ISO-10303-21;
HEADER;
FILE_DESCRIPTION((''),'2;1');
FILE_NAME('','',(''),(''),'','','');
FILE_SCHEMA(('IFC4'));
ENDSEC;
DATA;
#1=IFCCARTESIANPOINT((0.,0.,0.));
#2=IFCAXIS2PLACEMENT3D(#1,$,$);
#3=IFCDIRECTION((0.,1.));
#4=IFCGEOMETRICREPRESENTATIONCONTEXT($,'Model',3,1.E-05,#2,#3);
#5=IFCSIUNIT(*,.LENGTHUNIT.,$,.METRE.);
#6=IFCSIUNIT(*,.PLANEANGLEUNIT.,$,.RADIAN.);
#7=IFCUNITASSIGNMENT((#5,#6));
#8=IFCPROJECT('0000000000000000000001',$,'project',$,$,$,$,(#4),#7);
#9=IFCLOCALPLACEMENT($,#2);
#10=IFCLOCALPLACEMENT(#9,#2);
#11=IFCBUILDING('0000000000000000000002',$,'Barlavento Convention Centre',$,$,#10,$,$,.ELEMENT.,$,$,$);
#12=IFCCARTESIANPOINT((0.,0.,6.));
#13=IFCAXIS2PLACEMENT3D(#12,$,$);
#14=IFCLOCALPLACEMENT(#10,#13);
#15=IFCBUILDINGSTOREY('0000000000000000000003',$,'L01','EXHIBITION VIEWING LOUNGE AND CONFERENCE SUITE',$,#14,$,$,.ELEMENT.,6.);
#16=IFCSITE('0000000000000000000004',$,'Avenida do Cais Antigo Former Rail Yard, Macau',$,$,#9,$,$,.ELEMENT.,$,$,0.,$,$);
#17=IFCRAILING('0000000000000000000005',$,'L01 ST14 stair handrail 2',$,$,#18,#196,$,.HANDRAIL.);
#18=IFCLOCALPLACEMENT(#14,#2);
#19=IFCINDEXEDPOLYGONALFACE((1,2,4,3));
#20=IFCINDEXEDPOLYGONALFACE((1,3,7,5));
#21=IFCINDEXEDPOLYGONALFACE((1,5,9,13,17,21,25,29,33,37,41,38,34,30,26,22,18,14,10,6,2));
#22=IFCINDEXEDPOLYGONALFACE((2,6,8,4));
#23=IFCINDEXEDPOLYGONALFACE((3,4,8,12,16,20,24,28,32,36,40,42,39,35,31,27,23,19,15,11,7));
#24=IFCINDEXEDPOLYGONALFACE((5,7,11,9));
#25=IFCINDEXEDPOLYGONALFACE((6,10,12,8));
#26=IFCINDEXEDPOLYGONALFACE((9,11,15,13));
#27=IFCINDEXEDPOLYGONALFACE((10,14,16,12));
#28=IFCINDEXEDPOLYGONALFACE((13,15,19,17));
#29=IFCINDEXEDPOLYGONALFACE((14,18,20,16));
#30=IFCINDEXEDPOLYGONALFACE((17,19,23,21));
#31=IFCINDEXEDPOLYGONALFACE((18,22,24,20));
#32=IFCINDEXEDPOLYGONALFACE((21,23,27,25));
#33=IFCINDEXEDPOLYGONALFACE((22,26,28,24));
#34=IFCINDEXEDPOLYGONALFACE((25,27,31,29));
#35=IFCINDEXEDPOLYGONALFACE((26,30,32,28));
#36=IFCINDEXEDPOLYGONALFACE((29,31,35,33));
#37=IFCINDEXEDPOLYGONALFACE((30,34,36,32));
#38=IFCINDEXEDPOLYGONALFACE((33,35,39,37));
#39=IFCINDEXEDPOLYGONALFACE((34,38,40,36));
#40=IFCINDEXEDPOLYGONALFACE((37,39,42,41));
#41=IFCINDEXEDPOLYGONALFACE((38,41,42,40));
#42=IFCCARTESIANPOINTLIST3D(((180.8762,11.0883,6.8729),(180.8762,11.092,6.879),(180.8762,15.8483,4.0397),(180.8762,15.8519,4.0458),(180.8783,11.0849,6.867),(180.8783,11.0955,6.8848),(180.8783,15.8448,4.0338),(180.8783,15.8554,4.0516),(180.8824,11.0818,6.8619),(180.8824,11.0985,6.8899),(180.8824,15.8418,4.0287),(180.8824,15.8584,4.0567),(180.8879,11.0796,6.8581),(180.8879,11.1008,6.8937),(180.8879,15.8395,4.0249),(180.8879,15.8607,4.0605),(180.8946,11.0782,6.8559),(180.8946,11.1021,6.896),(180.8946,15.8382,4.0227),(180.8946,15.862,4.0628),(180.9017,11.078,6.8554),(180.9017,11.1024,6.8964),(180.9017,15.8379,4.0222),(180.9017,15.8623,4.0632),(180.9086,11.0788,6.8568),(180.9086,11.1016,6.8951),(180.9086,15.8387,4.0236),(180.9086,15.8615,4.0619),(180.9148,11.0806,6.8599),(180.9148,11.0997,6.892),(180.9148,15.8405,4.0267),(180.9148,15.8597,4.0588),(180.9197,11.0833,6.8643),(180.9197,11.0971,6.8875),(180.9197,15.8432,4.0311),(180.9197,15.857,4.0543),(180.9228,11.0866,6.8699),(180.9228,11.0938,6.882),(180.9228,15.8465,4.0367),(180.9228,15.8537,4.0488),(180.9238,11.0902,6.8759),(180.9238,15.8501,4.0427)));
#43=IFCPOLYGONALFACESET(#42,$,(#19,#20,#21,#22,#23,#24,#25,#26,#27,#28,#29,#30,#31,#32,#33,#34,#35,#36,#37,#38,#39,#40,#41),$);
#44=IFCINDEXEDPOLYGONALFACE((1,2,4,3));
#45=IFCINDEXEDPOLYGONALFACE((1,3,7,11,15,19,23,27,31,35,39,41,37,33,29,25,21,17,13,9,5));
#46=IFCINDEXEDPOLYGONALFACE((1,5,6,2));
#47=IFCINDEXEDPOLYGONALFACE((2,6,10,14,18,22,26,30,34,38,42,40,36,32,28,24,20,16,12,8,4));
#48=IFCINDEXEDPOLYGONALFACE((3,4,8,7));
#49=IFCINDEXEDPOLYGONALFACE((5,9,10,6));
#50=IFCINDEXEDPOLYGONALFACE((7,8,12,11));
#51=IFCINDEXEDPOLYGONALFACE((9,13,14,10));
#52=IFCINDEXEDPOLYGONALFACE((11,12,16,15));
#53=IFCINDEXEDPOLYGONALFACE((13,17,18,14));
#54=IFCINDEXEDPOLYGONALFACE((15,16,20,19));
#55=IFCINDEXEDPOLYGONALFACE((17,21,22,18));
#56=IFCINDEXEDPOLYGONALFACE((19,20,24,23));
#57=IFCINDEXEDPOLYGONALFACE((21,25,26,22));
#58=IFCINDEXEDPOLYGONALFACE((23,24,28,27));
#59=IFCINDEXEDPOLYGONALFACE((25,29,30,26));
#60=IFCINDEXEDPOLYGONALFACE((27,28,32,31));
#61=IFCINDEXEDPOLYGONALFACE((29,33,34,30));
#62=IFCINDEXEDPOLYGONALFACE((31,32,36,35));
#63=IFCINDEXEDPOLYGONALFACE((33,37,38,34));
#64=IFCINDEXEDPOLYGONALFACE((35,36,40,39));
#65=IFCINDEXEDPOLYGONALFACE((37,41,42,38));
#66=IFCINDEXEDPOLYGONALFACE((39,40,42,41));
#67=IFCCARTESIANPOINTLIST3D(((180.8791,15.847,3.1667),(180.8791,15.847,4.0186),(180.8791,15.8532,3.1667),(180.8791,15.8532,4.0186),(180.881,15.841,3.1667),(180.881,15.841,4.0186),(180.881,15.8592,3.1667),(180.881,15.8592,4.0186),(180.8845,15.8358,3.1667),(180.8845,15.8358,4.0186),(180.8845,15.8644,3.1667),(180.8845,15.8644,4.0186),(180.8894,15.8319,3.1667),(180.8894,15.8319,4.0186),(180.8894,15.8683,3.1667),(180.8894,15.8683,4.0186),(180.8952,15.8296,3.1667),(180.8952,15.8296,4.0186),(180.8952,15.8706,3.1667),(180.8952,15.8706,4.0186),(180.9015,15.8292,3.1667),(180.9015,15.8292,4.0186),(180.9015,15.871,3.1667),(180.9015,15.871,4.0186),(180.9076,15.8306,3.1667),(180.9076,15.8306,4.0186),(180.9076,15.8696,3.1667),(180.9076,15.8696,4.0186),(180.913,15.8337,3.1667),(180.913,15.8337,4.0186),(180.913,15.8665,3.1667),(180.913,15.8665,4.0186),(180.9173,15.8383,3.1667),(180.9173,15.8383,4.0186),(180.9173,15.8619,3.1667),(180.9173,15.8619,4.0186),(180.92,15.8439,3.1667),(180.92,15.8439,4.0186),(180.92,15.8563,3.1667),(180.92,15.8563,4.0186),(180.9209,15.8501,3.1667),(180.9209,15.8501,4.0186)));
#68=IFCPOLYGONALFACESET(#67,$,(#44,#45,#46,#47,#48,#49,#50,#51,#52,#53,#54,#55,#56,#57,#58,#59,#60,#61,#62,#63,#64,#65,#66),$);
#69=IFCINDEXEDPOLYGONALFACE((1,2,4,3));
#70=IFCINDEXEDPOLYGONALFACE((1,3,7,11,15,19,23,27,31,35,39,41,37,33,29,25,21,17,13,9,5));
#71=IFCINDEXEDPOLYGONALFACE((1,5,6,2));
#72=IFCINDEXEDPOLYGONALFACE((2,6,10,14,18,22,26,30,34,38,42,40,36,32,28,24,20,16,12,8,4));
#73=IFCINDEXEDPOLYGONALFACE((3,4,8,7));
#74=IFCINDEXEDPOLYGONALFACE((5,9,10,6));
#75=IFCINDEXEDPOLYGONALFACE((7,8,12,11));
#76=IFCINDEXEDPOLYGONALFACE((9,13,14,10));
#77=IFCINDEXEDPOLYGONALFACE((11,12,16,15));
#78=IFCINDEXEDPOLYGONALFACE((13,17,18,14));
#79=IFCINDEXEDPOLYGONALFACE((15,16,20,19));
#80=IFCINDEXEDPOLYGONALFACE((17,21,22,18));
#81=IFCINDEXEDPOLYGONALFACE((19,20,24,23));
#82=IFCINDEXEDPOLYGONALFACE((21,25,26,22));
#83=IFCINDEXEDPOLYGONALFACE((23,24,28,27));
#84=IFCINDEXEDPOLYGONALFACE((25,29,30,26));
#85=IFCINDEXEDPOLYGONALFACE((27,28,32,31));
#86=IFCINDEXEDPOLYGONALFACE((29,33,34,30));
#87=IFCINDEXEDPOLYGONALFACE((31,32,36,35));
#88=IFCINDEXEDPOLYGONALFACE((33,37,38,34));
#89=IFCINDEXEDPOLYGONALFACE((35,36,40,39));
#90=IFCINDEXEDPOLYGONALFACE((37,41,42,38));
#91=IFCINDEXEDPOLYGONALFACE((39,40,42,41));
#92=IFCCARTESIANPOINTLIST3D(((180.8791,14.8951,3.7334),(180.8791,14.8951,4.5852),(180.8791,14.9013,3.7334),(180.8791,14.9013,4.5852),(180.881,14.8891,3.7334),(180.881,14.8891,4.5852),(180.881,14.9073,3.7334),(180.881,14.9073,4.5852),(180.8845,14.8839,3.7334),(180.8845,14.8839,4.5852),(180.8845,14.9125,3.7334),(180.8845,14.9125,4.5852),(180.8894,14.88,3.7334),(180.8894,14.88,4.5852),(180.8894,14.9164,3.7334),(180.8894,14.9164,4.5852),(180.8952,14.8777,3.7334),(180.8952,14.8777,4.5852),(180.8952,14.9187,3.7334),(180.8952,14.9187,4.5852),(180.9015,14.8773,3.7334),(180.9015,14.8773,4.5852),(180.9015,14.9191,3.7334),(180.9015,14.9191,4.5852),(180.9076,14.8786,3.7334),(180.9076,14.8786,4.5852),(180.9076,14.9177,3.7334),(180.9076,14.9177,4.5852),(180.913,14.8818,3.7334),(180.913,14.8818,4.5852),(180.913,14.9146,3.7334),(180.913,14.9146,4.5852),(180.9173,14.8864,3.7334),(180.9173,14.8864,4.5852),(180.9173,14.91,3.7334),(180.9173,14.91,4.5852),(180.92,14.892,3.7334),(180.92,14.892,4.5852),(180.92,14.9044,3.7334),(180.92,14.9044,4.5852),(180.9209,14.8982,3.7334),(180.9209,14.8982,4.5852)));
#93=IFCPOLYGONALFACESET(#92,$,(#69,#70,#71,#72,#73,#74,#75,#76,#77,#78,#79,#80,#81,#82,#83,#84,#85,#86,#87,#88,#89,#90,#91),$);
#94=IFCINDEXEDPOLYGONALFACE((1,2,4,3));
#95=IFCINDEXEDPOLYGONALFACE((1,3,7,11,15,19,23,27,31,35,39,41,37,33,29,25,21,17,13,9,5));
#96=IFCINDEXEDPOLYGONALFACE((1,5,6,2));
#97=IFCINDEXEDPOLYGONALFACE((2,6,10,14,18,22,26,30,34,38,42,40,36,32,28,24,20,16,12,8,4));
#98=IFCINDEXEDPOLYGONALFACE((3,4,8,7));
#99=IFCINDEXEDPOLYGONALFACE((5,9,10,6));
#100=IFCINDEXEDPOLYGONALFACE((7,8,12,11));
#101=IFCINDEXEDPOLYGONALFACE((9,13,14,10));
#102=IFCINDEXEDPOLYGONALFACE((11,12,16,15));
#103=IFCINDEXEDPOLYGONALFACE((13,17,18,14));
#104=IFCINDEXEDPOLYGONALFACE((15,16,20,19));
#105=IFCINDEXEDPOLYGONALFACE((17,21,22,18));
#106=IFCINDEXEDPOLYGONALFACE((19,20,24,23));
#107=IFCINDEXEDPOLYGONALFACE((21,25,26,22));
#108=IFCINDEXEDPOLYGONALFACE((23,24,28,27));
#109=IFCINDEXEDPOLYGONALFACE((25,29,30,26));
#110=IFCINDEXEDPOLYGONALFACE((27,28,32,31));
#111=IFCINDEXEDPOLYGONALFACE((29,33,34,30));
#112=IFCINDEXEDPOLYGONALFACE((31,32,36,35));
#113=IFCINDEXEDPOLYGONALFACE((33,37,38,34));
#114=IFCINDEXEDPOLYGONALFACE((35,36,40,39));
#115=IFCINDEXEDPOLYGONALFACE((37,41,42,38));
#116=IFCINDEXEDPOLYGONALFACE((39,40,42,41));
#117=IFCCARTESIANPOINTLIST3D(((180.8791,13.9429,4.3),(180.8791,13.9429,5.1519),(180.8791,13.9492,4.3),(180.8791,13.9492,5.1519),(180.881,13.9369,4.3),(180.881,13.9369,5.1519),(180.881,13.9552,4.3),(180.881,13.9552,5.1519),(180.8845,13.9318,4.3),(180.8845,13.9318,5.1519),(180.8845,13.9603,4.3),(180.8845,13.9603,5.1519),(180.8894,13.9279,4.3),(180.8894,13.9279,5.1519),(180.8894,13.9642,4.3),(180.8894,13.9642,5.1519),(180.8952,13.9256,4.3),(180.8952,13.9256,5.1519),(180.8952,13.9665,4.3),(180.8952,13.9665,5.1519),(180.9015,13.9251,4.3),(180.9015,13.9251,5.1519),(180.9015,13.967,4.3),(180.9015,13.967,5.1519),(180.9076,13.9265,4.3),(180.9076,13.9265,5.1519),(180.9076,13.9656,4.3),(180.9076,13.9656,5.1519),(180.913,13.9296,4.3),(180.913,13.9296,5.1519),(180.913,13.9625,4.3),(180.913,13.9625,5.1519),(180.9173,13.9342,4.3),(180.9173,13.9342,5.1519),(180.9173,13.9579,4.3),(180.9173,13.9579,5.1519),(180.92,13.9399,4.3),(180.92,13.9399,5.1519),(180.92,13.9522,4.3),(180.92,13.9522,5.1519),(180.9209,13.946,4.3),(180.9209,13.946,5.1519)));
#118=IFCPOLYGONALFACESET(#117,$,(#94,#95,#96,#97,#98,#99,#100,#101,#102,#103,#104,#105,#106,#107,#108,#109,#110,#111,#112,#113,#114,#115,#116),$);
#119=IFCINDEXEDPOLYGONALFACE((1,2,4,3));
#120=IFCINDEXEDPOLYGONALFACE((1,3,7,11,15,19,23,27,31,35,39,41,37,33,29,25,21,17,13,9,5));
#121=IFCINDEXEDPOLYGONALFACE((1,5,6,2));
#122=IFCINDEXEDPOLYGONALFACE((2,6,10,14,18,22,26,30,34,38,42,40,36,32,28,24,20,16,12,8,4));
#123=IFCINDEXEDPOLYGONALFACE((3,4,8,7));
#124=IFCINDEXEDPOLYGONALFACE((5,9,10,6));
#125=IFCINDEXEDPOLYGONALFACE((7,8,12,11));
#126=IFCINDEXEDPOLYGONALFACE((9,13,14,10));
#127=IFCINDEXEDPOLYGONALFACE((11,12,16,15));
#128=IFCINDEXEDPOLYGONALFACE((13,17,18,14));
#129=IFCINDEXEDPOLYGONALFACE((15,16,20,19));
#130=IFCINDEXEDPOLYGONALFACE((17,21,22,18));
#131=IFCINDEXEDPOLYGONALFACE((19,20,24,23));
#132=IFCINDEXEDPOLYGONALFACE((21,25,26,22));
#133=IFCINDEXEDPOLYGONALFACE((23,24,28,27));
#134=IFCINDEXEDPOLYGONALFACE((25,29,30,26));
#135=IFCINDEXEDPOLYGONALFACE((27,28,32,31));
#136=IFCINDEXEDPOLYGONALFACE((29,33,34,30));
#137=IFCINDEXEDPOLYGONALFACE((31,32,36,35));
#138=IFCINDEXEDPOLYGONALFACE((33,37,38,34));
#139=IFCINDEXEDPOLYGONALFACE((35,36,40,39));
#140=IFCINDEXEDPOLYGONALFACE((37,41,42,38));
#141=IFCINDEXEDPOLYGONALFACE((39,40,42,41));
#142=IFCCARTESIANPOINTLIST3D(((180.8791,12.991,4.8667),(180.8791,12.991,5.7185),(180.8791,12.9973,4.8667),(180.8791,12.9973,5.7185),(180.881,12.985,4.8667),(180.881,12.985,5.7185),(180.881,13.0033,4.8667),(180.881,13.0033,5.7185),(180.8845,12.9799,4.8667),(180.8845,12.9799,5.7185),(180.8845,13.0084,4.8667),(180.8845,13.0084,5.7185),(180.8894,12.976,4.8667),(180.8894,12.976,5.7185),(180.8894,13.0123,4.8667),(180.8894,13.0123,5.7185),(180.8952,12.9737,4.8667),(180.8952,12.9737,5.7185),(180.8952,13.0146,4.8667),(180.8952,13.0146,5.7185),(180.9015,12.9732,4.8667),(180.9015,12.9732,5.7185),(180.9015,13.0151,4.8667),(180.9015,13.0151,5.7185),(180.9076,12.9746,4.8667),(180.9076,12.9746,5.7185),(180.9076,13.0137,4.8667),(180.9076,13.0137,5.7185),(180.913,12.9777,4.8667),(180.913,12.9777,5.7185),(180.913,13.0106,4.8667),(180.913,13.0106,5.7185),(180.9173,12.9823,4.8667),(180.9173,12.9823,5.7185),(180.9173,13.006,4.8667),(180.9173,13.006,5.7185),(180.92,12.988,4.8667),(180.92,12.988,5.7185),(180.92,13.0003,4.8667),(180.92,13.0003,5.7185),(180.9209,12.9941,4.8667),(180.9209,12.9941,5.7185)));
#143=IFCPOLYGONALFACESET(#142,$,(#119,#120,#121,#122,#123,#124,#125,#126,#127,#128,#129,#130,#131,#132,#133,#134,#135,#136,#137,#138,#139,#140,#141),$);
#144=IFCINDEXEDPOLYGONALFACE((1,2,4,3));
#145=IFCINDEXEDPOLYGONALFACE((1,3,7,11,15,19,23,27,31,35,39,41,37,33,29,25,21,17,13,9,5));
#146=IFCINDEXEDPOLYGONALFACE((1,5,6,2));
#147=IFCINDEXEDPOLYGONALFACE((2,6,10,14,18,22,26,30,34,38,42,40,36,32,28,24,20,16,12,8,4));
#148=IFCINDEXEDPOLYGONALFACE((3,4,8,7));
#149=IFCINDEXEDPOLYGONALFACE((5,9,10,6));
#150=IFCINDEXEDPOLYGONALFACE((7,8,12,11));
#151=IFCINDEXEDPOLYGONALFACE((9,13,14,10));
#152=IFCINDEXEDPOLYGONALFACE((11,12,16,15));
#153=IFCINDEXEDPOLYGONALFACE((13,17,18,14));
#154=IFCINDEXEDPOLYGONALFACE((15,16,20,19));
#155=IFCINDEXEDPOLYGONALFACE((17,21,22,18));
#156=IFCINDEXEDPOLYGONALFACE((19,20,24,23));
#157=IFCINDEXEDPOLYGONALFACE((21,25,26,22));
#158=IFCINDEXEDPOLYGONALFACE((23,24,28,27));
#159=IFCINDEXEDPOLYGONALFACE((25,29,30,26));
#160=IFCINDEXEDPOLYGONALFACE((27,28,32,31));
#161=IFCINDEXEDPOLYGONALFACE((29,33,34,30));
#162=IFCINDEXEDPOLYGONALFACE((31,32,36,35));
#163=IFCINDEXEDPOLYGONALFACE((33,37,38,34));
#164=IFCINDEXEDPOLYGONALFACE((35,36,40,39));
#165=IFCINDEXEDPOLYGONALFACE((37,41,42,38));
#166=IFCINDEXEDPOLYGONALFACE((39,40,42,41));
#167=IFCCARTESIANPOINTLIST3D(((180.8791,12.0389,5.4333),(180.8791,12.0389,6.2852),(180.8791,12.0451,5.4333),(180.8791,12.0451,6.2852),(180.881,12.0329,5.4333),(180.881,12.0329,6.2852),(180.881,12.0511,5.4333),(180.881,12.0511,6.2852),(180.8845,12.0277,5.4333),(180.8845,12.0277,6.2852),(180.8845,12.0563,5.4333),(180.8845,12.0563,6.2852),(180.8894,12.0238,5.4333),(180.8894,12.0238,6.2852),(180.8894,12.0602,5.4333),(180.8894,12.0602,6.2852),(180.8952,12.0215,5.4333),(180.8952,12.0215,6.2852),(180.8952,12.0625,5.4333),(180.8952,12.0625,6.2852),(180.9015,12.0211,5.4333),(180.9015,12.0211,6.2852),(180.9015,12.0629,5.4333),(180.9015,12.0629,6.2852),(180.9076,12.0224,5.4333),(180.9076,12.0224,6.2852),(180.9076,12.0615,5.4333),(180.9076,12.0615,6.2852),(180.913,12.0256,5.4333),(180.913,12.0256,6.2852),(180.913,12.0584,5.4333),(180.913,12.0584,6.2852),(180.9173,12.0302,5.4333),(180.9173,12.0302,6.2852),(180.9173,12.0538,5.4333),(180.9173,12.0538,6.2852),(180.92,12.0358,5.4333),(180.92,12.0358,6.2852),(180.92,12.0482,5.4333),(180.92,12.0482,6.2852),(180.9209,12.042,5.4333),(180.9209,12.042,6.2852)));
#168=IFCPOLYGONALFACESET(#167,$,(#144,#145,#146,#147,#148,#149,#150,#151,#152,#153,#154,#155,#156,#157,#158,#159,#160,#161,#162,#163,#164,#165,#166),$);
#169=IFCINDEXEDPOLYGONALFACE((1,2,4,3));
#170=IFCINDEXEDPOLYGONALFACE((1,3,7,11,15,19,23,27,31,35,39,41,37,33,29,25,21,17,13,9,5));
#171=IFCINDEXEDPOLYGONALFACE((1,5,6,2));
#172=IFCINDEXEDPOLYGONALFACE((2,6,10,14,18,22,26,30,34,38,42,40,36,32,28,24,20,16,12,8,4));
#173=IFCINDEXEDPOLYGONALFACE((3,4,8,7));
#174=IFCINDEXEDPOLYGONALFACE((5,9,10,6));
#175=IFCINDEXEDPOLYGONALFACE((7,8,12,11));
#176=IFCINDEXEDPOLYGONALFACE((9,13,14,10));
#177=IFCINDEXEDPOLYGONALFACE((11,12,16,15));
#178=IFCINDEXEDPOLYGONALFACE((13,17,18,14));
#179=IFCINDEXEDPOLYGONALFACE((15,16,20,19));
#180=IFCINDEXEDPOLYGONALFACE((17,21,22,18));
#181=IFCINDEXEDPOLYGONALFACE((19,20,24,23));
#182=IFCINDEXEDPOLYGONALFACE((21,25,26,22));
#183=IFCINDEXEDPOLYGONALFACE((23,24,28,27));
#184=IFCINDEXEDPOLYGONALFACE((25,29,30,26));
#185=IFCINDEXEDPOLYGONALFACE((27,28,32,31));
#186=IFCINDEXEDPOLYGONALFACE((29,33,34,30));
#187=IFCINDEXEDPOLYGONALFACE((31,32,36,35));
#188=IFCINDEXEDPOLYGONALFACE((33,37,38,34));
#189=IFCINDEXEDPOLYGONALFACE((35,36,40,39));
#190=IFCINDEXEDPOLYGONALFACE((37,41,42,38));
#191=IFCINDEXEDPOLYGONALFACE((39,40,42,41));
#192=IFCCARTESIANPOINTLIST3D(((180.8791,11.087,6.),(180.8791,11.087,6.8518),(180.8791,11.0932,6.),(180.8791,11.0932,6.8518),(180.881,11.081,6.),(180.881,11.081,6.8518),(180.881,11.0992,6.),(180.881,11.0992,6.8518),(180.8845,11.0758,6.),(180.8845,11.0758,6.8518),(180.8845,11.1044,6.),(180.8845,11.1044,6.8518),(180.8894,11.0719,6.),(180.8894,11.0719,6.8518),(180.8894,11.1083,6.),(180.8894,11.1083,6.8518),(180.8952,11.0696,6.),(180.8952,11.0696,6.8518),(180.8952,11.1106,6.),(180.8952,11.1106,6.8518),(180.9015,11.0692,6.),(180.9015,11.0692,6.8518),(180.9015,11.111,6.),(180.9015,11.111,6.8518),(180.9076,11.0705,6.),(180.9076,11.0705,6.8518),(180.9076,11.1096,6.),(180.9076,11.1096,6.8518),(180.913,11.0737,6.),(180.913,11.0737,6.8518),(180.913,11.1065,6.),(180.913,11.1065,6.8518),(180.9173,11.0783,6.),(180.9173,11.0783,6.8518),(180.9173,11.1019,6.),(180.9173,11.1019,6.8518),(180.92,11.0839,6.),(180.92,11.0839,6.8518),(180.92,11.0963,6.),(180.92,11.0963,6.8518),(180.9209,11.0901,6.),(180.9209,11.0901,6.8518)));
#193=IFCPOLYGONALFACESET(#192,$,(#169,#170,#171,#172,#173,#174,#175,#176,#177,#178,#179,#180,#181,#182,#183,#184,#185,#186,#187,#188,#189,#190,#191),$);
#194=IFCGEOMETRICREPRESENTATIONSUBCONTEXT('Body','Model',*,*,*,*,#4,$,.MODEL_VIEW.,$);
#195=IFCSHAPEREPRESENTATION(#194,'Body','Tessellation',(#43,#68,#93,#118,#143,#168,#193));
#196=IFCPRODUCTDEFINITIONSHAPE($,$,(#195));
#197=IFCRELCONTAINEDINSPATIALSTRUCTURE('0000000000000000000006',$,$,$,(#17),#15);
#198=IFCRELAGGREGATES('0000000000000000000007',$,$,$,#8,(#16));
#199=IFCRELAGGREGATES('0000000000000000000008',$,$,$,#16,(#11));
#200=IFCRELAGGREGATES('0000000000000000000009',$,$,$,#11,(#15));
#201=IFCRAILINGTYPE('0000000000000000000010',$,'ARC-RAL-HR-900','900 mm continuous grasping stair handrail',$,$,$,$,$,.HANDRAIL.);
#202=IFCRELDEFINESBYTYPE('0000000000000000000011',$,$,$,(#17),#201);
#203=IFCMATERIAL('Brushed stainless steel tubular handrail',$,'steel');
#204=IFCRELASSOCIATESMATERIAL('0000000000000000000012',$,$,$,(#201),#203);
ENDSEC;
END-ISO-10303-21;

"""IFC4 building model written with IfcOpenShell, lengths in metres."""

from ifc_helpers import new_model, si_unit, direction, frame, origin, origin_2d, place, context, subcontext, project, spatial, circle, extrude, material, type_object, element, save


model = new_model("IFC4")

# Units and contexts
model_context = context("Model", 3, precision=1e-05, world=origin(), true_north=direction((0.0, 1.0)))
body_context = subcontext(model_context, "Body", "Model", "MODEL_VIEW")
ifc_project = project(units=[si_unit("LENGTHUNIT", "METRE"), si_unit("PLANEANGLEUNIT", "RADIAN")], contexts=[model_context])

# Site, building, storey
site_placement = place(None, origin())
site = spatial("IfcSite", under=ifc_project, at=site_placement, Name="Avenida do Cais Antigo Former Rail Yard, Macau", CompositionType="ELEMENT", RefElevation=0.0)
building_placement = place(site_placement, origin())
building = spatial("IfcBuilding", under=site, at=building_placement, Name="Barlavento Convention Centre", CompositionType="ELEMENT")
storey_placement = place(building_placement, frame((0.0, 0.0, 6.0)))
storey = spatial("IfcBuildingStorey", under=building, at=storey_placement, Name="L01", Description="EXHIBITION VIEWING LOUNGE AND CONFERENCE SUITE", CompositionType="ELEMENT", Elevation=6.0)

# Railing
ifc_material_1 = material(Name="Brushed stainless steel tubular handrail", Category="steel")
railing_type_1 = type_object("IfcRailingType", Name="ARC-RAL-HR-900", Description="900 mm continuous grasping stair handrail", PredefinedType="HANDRAIL", material=ifc_material_1)
railing_1_placement = place(storey_placement, frame((180.8999, 15.8501, 3.1667)))
element("IfcRailing", 1, at=railing_1_placement, inside=storey, type_object=railing_type_1, Name="L01 ST14 stair handrail 2", PredefinedType="HANDRAIL", context=body_context, shape_type="SweptSolid", body=[
    extrude(circle(Radius=0.0239, at=origin_2d()), frame((0.0, 0.0, 0.876), z_axis=(0.0, -0.8593, 0.511472), x_axis=(1.0, 0.0, 0.0)), (0.0, 0.0, 1.0), 5.5393),
    extrude(circle(Radius=0.021, at=origin_2d()), origin(), (0.0, 0.0, 1.0), 0.8518),
    extrude(circle(Radius=0.021, at=origin_2d()), frame((0.0, -0.9519, 0.5667)), (0.0, 0.0, 1.0), 0.8518),
    extrude(circle(Radius=0.021, at=origin_2d()), frame((0.0, -1.9041, 1.1333)), (0.0, 0.0, 1.0), 0.8518),
    extrude(circle(Radius=0.021, at=origin_2d()), frame((0.0, -2.856, 1.7)), (0.0, 0.0, 1.0), 0.8518),
    extrude(circle(Radius=0.021, at=origin_2d()), frame((0.0, -3.8081, 2.2666)), (0.0, 0.0, 1.0), 0.8518),
    extrude(circle(Radius=0.021, at=origin_2d()), frame((0.0, -4.76, 2.8333)), (0.0, 0.0, 1.0), 0.8518),
])

save(model, "model.ifc")
